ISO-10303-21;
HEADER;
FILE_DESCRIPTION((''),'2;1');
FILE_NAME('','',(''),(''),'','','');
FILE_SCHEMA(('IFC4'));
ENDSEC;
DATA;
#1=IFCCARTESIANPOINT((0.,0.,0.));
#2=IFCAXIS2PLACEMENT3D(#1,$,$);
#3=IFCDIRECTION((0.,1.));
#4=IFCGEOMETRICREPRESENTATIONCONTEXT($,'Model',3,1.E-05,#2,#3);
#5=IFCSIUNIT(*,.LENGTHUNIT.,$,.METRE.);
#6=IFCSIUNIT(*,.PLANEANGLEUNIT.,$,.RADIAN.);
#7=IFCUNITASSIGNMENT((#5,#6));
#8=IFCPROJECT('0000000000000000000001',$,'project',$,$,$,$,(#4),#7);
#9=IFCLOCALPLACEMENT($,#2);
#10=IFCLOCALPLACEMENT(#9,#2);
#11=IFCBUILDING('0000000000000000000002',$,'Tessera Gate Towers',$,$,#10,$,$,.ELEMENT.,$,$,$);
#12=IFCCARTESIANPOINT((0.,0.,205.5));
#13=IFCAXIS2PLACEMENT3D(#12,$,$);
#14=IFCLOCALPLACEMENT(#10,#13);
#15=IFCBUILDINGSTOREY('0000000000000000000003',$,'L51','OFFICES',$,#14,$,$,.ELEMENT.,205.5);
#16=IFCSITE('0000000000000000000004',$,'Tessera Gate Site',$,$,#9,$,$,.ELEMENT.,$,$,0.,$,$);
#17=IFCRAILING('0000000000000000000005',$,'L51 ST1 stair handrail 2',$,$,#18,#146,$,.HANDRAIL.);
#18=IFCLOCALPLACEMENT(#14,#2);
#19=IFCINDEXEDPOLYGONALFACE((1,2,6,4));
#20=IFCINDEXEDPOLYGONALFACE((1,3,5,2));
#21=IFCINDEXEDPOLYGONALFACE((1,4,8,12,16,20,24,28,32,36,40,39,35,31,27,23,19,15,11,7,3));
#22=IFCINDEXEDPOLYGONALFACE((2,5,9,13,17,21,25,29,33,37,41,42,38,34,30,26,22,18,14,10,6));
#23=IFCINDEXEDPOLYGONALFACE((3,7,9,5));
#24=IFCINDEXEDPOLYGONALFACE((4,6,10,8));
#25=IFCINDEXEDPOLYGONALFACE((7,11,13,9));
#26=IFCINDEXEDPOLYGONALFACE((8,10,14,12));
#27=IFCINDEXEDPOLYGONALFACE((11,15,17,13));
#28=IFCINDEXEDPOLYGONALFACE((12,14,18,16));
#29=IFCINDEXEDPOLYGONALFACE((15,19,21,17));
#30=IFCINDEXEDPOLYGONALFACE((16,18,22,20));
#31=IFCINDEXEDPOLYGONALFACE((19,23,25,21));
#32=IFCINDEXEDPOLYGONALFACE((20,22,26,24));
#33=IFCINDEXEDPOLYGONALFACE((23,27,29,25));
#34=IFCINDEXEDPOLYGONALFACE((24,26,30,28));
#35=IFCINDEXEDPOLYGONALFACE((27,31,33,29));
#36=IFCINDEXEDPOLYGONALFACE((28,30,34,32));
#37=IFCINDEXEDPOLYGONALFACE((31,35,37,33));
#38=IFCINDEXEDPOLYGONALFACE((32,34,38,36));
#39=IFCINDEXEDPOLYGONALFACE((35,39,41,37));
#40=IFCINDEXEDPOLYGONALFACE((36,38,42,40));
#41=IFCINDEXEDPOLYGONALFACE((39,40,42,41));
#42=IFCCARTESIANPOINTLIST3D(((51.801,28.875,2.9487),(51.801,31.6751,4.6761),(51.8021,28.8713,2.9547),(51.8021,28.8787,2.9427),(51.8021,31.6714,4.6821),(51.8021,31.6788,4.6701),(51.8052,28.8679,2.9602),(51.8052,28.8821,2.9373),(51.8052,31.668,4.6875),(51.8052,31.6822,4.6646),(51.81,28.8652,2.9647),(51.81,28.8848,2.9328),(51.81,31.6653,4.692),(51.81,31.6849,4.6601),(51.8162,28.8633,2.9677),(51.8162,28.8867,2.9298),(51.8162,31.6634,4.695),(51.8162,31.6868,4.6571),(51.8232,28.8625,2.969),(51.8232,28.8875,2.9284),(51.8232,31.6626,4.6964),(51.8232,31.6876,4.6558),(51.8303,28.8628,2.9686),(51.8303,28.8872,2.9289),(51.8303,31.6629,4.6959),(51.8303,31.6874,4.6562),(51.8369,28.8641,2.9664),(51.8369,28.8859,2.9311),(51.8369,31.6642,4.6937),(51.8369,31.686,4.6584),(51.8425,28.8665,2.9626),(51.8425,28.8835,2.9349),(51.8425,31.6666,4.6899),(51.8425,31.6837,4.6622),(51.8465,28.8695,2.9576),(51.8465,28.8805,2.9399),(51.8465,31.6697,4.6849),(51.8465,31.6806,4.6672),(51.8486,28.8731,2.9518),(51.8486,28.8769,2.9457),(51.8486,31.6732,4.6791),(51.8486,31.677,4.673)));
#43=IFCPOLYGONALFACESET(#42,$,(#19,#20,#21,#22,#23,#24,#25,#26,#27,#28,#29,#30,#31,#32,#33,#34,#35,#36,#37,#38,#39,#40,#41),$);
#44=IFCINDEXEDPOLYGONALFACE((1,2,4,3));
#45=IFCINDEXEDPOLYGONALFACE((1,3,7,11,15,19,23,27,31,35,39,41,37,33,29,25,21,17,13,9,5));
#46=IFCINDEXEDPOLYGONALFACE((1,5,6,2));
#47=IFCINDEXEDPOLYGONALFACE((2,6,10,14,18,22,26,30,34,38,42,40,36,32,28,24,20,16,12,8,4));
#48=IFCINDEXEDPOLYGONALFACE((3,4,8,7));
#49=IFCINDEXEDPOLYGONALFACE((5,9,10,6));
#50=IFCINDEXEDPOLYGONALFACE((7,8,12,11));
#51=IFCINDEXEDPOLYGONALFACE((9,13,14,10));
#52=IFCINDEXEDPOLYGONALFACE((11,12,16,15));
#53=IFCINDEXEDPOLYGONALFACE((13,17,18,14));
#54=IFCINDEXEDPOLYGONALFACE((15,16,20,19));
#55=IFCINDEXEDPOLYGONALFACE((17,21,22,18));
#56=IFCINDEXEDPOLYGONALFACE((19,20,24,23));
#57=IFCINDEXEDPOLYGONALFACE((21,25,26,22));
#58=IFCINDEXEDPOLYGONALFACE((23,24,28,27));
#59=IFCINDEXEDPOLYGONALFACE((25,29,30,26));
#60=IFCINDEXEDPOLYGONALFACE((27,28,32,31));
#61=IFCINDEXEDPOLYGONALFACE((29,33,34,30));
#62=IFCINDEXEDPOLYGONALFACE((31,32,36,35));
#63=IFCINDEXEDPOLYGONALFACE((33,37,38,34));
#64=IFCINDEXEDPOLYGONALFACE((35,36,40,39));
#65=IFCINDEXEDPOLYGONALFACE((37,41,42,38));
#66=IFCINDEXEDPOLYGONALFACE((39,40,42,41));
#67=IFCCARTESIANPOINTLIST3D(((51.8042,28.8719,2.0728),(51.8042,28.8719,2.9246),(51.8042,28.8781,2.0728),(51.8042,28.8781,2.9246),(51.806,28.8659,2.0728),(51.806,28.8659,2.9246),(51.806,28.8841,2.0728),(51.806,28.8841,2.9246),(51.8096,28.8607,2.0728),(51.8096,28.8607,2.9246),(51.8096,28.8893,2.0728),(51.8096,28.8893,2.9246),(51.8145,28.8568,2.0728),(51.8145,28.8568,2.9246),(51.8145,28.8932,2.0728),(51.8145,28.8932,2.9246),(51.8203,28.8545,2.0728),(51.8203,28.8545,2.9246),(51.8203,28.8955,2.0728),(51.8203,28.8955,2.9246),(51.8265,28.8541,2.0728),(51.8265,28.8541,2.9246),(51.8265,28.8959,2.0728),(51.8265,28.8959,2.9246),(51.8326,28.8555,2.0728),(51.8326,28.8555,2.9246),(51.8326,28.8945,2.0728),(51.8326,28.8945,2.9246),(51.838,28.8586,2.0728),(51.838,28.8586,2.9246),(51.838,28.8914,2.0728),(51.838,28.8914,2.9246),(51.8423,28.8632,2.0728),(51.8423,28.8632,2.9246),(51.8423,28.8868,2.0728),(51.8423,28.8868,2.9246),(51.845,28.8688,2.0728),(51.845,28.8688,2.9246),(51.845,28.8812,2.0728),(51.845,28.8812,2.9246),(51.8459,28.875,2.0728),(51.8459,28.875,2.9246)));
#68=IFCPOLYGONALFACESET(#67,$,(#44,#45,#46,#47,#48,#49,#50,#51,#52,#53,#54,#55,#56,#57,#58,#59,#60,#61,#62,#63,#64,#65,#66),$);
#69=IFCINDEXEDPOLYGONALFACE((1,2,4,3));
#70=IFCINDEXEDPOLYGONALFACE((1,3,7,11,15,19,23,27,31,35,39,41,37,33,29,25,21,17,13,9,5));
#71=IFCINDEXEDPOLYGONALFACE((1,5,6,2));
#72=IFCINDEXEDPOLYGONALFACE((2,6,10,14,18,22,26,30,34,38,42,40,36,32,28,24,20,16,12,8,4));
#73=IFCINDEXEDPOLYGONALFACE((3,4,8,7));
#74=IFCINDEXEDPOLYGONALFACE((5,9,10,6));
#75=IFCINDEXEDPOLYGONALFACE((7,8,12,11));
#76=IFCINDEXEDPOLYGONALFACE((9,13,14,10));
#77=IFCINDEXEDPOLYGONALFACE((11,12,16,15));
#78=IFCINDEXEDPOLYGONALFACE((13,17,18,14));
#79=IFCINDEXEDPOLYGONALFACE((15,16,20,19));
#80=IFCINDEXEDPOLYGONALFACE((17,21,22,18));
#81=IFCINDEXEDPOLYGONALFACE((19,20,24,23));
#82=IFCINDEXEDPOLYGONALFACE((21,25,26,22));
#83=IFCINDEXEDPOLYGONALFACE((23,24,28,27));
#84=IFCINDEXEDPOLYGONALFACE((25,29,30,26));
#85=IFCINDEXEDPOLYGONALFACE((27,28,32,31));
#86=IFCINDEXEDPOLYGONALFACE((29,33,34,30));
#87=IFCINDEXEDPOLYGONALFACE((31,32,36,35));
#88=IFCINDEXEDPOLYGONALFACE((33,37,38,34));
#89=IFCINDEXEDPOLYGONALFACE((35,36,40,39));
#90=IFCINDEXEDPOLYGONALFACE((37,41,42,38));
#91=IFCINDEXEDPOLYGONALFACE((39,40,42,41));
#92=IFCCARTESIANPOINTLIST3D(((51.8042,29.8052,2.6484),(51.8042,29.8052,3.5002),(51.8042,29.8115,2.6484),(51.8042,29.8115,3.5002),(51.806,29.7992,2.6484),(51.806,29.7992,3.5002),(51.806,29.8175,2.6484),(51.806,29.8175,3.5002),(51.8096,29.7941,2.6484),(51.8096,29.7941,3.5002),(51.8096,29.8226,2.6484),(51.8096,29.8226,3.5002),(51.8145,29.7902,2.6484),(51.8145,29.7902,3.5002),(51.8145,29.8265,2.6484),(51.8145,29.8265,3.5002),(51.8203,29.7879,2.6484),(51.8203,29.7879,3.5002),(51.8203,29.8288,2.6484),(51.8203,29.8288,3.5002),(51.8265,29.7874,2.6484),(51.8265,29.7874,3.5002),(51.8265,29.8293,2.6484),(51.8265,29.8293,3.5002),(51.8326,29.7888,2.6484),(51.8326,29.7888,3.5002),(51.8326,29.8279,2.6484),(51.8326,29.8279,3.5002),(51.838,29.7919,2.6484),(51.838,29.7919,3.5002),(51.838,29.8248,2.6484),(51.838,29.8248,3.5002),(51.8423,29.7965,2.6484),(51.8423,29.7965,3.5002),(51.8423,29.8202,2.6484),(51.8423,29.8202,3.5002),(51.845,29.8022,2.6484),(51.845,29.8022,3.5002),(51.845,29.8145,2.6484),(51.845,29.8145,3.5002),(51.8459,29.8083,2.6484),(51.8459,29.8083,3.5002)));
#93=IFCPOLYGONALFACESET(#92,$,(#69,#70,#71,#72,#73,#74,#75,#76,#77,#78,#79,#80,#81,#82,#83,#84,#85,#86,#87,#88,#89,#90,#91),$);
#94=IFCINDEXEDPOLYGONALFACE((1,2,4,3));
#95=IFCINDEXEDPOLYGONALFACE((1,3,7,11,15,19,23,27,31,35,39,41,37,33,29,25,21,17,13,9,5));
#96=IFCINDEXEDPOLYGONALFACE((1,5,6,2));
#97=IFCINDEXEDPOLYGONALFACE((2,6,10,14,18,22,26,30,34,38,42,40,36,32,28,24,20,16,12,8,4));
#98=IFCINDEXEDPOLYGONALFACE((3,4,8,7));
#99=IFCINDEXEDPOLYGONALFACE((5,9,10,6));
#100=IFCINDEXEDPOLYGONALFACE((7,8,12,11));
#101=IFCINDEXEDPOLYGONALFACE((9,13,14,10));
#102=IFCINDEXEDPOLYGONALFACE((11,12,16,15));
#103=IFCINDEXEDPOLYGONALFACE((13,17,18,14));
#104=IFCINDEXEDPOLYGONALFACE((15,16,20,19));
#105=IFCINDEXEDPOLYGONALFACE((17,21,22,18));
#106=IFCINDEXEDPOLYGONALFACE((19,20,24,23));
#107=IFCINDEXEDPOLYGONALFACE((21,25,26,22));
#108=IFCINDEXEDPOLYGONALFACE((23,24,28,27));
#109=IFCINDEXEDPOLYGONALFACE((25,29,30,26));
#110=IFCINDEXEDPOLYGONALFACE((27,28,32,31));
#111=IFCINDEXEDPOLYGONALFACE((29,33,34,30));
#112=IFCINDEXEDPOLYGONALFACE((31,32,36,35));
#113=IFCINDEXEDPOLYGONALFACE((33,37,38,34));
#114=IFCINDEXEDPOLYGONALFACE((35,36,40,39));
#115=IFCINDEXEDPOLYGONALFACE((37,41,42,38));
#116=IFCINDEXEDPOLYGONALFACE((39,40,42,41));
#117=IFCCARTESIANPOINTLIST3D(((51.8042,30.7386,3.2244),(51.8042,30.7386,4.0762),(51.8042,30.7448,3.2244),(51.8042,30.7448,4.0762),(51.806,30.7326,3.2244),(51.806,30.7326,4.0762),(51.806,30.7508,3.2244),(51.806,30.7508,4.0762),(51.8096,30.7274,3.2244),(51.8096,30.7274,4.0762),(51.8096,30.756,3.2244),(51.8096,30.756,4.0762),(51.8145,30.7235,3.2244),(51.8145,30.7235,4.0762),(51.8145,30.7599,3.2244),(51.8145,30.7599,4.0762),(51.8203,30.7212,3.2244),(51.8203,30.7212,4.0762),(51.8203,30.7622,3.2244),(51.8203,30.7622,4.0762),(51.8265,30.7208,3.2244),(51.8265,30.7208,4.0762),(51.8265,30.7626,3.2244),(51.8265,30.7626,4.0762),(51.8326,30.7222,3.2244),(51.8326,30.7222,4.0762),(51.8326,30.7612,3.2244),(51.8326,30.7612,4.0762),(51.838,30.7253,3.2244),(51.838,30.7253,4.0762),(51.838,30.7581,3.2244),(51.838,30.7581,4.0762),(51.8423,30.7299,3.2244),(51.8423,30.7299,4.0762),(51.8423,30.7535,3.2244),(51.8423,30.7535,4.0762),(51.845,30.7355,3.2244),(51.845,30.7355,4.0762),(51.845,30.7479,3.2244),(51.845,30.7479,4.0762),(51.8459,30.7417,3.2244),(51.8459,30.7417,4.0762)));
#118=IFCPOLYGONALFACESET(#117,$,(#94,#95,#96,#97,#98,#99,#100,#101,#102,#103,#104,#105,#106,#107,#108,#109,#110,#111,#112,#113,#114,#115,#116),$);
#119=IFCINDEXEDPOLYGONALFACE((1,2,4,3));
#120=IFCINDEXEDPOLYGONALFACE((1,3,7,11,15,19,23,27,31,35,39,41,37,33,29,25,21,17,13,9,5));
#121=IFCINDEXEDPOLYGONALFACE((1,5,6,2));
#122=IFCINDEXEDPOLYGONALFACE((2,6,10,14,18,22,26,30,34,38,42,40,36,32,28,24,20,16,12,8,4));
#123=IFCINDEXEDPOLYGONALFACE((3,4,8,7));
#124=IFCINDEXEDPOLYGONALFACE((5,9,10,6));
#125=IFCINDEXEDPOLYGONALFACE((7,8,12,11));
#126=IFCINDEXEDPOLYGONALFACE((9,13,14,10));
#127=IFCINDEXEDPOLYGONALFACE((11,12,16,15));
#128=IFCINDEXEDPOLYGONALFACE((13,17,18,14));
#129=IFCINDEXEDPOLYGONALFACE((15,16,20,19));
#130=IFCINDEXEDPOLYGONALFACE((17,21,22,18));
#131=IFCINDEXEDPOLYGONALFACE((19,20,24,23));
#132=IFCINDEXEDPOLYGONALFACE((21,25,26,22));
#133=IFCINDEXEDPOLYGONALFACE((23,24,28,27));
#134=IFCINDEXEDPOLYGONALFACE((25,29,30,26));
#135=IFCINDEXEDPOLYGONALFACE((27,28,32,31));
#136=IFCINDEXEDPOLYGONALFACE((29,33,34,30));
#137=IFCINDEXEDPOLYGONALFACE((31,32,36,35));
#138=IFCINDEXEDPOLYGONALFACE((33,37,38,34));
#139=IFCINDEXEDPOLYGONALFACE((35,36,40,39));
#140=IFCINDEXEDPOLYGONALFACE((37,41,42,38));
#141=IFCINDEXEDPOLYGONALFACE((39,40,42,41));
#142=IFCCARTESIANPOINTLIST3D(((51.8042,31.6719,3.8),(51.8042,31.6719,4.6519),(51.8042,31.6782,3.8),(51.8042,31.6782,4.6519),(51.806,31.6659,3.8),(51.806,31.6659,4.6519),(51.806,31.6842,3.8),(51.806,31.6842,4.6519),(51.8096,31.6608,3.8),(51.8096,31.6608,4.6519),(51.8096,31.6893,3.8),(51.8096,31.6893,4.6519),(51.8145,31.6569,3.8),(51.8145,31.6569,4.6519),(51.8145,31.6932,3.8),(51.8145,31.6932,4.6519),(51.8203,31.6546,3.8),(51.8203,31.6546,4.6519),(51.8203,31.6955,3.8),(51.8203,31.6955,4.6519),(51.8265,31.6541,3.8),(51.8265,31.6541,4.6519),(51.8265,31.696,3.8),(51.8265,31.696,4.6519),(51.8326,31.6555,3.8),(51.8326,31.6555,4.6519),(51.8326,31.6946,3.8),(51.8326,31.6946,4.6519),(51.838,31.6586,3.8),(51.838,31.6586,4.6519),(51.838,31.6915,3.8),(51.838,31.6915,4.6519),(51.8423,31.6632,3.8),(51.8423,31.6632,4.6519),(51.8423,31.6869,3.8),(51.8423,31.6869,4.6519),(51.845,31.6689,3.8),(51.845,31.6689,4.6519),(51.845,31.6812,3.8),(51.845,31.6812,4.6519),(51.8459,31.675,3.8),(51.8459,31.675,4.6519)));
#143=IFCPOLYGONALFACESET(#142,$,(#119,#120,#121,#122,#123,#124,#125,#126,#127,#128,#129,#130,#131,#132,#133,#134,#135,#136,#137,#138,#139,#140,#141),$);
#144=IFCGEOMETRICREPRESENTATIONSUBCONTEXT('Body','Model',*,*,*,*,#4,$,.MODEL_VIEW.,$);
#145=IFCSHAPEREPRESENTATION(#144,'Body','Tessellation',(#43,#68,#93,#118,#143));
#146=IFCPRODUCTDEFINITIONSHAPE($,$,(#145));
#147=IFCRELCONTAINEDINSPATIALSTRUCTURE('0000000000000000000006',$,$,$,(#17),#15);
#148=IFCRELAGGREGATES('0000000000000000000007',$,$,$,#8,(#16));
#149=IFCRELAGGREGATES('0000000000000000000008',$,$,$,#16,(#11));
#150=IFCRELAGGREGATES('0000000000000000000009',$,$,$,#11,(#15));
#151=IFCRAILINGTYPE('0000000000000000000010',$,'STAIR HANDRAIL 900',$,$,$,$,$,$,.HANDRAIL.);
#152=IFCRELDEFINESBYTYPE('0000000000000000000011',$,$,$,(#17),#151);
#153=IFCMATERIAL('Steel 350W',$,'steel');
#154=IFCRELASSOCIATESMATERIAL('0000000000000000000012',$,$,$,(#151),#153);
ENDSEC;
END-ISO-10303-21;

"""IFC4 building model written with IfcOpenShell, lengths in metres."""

from ifc_helpers import new_model, si_unit, direction, frame, origin, origin_2d, place, context, subcontext, project, spatial, circle, extrude, material, type_object, element, save


model = new_model("IFC4")

# Units and contexts
model_context = context("Model", 3, precision=1e-05, world=origin(), true_north=direction((0.0, 1.0)))
body_context = subcontext(model_context, "Body", "Model", "MODEL_VIEW")
ifc_project = project(units=[si_unit("LENGTHUNIT", "METRE"), si_unit("PLANEANGLEUNIT", "RADIAN")], contexts=[model_context])

# Site, building, storey
site_placement = place(None, origin())
site = spatial("IfcSite", under=ifc_project, at=site_placement, Name="Tessera Gate Site", CompositionType="ELEMENT", RefElevation=0.0)
building_placement = place(site_placement, origin())
building = spatial("IfcBuilding", under=site, at=building_placement, Name="Tessera Gate Towers", CompositionType="ELEMENT")
storey_placement = place(building_placement, frame((0.0, 0.0, 205.5)))
storey = spatial("IfcBuildingStorey", under=building, at=storey_placement, Name="L51", Description="OFFICES", CompositionType="ELEMENT", Elevation=205.5)

# Railing
ifc_material_1 = material(Name="Steel 350W", Category="steel")
railing_type = type_object("IfcRailingType", Name="STAIR HANDRAIL 900", PredefinedType="HANDRAIL", material=ifc_material_1)
railing_placement = place(storey_placement, frame((51.825, 28.875, 2.0728)))
element("IfcRailing", 1, at=railing_placement, inside=storey, type_object=railing_type, Name="L51 ST1 stair handrail 2", PredefinedType="HANDRAIL", context=body_context, shape_type="SweptSolid", body=[
    extrude(circle(Radius=0.0239, at=origin_2d()), frame((0.0, 0.0, 0.876), z_axis=(0.0, 0.85109, 0.52502), x_axis=(-1.0, 0.0, 0.0)), (0.0, 0.0, 1.0), 3.29),
    extrude(circle(Radius=0.021, at=origin_2d()), origin(), (0.0, 0.0, 1.0), 0.8518),
    extrude(circle(Radius=0.021, at=origin_2d()), frame((0.0, 0.9333, 0.5757)), (0.0, 0.0, 1.0), 0.8518),
    extrude(circle(Radius=0.021, at=origin_2d()), frame((0.0, 1.8667, 1.1516)), (0.0, 0.0, 1.0), 0.8518),
    extrude(circle(Radius=0.021, at=origin_2d()), frame((0.0, 2.8, 1.7273)), (0.0, 0.0, 1.0), 0.8518),
])

save(model, "model.ifc")
